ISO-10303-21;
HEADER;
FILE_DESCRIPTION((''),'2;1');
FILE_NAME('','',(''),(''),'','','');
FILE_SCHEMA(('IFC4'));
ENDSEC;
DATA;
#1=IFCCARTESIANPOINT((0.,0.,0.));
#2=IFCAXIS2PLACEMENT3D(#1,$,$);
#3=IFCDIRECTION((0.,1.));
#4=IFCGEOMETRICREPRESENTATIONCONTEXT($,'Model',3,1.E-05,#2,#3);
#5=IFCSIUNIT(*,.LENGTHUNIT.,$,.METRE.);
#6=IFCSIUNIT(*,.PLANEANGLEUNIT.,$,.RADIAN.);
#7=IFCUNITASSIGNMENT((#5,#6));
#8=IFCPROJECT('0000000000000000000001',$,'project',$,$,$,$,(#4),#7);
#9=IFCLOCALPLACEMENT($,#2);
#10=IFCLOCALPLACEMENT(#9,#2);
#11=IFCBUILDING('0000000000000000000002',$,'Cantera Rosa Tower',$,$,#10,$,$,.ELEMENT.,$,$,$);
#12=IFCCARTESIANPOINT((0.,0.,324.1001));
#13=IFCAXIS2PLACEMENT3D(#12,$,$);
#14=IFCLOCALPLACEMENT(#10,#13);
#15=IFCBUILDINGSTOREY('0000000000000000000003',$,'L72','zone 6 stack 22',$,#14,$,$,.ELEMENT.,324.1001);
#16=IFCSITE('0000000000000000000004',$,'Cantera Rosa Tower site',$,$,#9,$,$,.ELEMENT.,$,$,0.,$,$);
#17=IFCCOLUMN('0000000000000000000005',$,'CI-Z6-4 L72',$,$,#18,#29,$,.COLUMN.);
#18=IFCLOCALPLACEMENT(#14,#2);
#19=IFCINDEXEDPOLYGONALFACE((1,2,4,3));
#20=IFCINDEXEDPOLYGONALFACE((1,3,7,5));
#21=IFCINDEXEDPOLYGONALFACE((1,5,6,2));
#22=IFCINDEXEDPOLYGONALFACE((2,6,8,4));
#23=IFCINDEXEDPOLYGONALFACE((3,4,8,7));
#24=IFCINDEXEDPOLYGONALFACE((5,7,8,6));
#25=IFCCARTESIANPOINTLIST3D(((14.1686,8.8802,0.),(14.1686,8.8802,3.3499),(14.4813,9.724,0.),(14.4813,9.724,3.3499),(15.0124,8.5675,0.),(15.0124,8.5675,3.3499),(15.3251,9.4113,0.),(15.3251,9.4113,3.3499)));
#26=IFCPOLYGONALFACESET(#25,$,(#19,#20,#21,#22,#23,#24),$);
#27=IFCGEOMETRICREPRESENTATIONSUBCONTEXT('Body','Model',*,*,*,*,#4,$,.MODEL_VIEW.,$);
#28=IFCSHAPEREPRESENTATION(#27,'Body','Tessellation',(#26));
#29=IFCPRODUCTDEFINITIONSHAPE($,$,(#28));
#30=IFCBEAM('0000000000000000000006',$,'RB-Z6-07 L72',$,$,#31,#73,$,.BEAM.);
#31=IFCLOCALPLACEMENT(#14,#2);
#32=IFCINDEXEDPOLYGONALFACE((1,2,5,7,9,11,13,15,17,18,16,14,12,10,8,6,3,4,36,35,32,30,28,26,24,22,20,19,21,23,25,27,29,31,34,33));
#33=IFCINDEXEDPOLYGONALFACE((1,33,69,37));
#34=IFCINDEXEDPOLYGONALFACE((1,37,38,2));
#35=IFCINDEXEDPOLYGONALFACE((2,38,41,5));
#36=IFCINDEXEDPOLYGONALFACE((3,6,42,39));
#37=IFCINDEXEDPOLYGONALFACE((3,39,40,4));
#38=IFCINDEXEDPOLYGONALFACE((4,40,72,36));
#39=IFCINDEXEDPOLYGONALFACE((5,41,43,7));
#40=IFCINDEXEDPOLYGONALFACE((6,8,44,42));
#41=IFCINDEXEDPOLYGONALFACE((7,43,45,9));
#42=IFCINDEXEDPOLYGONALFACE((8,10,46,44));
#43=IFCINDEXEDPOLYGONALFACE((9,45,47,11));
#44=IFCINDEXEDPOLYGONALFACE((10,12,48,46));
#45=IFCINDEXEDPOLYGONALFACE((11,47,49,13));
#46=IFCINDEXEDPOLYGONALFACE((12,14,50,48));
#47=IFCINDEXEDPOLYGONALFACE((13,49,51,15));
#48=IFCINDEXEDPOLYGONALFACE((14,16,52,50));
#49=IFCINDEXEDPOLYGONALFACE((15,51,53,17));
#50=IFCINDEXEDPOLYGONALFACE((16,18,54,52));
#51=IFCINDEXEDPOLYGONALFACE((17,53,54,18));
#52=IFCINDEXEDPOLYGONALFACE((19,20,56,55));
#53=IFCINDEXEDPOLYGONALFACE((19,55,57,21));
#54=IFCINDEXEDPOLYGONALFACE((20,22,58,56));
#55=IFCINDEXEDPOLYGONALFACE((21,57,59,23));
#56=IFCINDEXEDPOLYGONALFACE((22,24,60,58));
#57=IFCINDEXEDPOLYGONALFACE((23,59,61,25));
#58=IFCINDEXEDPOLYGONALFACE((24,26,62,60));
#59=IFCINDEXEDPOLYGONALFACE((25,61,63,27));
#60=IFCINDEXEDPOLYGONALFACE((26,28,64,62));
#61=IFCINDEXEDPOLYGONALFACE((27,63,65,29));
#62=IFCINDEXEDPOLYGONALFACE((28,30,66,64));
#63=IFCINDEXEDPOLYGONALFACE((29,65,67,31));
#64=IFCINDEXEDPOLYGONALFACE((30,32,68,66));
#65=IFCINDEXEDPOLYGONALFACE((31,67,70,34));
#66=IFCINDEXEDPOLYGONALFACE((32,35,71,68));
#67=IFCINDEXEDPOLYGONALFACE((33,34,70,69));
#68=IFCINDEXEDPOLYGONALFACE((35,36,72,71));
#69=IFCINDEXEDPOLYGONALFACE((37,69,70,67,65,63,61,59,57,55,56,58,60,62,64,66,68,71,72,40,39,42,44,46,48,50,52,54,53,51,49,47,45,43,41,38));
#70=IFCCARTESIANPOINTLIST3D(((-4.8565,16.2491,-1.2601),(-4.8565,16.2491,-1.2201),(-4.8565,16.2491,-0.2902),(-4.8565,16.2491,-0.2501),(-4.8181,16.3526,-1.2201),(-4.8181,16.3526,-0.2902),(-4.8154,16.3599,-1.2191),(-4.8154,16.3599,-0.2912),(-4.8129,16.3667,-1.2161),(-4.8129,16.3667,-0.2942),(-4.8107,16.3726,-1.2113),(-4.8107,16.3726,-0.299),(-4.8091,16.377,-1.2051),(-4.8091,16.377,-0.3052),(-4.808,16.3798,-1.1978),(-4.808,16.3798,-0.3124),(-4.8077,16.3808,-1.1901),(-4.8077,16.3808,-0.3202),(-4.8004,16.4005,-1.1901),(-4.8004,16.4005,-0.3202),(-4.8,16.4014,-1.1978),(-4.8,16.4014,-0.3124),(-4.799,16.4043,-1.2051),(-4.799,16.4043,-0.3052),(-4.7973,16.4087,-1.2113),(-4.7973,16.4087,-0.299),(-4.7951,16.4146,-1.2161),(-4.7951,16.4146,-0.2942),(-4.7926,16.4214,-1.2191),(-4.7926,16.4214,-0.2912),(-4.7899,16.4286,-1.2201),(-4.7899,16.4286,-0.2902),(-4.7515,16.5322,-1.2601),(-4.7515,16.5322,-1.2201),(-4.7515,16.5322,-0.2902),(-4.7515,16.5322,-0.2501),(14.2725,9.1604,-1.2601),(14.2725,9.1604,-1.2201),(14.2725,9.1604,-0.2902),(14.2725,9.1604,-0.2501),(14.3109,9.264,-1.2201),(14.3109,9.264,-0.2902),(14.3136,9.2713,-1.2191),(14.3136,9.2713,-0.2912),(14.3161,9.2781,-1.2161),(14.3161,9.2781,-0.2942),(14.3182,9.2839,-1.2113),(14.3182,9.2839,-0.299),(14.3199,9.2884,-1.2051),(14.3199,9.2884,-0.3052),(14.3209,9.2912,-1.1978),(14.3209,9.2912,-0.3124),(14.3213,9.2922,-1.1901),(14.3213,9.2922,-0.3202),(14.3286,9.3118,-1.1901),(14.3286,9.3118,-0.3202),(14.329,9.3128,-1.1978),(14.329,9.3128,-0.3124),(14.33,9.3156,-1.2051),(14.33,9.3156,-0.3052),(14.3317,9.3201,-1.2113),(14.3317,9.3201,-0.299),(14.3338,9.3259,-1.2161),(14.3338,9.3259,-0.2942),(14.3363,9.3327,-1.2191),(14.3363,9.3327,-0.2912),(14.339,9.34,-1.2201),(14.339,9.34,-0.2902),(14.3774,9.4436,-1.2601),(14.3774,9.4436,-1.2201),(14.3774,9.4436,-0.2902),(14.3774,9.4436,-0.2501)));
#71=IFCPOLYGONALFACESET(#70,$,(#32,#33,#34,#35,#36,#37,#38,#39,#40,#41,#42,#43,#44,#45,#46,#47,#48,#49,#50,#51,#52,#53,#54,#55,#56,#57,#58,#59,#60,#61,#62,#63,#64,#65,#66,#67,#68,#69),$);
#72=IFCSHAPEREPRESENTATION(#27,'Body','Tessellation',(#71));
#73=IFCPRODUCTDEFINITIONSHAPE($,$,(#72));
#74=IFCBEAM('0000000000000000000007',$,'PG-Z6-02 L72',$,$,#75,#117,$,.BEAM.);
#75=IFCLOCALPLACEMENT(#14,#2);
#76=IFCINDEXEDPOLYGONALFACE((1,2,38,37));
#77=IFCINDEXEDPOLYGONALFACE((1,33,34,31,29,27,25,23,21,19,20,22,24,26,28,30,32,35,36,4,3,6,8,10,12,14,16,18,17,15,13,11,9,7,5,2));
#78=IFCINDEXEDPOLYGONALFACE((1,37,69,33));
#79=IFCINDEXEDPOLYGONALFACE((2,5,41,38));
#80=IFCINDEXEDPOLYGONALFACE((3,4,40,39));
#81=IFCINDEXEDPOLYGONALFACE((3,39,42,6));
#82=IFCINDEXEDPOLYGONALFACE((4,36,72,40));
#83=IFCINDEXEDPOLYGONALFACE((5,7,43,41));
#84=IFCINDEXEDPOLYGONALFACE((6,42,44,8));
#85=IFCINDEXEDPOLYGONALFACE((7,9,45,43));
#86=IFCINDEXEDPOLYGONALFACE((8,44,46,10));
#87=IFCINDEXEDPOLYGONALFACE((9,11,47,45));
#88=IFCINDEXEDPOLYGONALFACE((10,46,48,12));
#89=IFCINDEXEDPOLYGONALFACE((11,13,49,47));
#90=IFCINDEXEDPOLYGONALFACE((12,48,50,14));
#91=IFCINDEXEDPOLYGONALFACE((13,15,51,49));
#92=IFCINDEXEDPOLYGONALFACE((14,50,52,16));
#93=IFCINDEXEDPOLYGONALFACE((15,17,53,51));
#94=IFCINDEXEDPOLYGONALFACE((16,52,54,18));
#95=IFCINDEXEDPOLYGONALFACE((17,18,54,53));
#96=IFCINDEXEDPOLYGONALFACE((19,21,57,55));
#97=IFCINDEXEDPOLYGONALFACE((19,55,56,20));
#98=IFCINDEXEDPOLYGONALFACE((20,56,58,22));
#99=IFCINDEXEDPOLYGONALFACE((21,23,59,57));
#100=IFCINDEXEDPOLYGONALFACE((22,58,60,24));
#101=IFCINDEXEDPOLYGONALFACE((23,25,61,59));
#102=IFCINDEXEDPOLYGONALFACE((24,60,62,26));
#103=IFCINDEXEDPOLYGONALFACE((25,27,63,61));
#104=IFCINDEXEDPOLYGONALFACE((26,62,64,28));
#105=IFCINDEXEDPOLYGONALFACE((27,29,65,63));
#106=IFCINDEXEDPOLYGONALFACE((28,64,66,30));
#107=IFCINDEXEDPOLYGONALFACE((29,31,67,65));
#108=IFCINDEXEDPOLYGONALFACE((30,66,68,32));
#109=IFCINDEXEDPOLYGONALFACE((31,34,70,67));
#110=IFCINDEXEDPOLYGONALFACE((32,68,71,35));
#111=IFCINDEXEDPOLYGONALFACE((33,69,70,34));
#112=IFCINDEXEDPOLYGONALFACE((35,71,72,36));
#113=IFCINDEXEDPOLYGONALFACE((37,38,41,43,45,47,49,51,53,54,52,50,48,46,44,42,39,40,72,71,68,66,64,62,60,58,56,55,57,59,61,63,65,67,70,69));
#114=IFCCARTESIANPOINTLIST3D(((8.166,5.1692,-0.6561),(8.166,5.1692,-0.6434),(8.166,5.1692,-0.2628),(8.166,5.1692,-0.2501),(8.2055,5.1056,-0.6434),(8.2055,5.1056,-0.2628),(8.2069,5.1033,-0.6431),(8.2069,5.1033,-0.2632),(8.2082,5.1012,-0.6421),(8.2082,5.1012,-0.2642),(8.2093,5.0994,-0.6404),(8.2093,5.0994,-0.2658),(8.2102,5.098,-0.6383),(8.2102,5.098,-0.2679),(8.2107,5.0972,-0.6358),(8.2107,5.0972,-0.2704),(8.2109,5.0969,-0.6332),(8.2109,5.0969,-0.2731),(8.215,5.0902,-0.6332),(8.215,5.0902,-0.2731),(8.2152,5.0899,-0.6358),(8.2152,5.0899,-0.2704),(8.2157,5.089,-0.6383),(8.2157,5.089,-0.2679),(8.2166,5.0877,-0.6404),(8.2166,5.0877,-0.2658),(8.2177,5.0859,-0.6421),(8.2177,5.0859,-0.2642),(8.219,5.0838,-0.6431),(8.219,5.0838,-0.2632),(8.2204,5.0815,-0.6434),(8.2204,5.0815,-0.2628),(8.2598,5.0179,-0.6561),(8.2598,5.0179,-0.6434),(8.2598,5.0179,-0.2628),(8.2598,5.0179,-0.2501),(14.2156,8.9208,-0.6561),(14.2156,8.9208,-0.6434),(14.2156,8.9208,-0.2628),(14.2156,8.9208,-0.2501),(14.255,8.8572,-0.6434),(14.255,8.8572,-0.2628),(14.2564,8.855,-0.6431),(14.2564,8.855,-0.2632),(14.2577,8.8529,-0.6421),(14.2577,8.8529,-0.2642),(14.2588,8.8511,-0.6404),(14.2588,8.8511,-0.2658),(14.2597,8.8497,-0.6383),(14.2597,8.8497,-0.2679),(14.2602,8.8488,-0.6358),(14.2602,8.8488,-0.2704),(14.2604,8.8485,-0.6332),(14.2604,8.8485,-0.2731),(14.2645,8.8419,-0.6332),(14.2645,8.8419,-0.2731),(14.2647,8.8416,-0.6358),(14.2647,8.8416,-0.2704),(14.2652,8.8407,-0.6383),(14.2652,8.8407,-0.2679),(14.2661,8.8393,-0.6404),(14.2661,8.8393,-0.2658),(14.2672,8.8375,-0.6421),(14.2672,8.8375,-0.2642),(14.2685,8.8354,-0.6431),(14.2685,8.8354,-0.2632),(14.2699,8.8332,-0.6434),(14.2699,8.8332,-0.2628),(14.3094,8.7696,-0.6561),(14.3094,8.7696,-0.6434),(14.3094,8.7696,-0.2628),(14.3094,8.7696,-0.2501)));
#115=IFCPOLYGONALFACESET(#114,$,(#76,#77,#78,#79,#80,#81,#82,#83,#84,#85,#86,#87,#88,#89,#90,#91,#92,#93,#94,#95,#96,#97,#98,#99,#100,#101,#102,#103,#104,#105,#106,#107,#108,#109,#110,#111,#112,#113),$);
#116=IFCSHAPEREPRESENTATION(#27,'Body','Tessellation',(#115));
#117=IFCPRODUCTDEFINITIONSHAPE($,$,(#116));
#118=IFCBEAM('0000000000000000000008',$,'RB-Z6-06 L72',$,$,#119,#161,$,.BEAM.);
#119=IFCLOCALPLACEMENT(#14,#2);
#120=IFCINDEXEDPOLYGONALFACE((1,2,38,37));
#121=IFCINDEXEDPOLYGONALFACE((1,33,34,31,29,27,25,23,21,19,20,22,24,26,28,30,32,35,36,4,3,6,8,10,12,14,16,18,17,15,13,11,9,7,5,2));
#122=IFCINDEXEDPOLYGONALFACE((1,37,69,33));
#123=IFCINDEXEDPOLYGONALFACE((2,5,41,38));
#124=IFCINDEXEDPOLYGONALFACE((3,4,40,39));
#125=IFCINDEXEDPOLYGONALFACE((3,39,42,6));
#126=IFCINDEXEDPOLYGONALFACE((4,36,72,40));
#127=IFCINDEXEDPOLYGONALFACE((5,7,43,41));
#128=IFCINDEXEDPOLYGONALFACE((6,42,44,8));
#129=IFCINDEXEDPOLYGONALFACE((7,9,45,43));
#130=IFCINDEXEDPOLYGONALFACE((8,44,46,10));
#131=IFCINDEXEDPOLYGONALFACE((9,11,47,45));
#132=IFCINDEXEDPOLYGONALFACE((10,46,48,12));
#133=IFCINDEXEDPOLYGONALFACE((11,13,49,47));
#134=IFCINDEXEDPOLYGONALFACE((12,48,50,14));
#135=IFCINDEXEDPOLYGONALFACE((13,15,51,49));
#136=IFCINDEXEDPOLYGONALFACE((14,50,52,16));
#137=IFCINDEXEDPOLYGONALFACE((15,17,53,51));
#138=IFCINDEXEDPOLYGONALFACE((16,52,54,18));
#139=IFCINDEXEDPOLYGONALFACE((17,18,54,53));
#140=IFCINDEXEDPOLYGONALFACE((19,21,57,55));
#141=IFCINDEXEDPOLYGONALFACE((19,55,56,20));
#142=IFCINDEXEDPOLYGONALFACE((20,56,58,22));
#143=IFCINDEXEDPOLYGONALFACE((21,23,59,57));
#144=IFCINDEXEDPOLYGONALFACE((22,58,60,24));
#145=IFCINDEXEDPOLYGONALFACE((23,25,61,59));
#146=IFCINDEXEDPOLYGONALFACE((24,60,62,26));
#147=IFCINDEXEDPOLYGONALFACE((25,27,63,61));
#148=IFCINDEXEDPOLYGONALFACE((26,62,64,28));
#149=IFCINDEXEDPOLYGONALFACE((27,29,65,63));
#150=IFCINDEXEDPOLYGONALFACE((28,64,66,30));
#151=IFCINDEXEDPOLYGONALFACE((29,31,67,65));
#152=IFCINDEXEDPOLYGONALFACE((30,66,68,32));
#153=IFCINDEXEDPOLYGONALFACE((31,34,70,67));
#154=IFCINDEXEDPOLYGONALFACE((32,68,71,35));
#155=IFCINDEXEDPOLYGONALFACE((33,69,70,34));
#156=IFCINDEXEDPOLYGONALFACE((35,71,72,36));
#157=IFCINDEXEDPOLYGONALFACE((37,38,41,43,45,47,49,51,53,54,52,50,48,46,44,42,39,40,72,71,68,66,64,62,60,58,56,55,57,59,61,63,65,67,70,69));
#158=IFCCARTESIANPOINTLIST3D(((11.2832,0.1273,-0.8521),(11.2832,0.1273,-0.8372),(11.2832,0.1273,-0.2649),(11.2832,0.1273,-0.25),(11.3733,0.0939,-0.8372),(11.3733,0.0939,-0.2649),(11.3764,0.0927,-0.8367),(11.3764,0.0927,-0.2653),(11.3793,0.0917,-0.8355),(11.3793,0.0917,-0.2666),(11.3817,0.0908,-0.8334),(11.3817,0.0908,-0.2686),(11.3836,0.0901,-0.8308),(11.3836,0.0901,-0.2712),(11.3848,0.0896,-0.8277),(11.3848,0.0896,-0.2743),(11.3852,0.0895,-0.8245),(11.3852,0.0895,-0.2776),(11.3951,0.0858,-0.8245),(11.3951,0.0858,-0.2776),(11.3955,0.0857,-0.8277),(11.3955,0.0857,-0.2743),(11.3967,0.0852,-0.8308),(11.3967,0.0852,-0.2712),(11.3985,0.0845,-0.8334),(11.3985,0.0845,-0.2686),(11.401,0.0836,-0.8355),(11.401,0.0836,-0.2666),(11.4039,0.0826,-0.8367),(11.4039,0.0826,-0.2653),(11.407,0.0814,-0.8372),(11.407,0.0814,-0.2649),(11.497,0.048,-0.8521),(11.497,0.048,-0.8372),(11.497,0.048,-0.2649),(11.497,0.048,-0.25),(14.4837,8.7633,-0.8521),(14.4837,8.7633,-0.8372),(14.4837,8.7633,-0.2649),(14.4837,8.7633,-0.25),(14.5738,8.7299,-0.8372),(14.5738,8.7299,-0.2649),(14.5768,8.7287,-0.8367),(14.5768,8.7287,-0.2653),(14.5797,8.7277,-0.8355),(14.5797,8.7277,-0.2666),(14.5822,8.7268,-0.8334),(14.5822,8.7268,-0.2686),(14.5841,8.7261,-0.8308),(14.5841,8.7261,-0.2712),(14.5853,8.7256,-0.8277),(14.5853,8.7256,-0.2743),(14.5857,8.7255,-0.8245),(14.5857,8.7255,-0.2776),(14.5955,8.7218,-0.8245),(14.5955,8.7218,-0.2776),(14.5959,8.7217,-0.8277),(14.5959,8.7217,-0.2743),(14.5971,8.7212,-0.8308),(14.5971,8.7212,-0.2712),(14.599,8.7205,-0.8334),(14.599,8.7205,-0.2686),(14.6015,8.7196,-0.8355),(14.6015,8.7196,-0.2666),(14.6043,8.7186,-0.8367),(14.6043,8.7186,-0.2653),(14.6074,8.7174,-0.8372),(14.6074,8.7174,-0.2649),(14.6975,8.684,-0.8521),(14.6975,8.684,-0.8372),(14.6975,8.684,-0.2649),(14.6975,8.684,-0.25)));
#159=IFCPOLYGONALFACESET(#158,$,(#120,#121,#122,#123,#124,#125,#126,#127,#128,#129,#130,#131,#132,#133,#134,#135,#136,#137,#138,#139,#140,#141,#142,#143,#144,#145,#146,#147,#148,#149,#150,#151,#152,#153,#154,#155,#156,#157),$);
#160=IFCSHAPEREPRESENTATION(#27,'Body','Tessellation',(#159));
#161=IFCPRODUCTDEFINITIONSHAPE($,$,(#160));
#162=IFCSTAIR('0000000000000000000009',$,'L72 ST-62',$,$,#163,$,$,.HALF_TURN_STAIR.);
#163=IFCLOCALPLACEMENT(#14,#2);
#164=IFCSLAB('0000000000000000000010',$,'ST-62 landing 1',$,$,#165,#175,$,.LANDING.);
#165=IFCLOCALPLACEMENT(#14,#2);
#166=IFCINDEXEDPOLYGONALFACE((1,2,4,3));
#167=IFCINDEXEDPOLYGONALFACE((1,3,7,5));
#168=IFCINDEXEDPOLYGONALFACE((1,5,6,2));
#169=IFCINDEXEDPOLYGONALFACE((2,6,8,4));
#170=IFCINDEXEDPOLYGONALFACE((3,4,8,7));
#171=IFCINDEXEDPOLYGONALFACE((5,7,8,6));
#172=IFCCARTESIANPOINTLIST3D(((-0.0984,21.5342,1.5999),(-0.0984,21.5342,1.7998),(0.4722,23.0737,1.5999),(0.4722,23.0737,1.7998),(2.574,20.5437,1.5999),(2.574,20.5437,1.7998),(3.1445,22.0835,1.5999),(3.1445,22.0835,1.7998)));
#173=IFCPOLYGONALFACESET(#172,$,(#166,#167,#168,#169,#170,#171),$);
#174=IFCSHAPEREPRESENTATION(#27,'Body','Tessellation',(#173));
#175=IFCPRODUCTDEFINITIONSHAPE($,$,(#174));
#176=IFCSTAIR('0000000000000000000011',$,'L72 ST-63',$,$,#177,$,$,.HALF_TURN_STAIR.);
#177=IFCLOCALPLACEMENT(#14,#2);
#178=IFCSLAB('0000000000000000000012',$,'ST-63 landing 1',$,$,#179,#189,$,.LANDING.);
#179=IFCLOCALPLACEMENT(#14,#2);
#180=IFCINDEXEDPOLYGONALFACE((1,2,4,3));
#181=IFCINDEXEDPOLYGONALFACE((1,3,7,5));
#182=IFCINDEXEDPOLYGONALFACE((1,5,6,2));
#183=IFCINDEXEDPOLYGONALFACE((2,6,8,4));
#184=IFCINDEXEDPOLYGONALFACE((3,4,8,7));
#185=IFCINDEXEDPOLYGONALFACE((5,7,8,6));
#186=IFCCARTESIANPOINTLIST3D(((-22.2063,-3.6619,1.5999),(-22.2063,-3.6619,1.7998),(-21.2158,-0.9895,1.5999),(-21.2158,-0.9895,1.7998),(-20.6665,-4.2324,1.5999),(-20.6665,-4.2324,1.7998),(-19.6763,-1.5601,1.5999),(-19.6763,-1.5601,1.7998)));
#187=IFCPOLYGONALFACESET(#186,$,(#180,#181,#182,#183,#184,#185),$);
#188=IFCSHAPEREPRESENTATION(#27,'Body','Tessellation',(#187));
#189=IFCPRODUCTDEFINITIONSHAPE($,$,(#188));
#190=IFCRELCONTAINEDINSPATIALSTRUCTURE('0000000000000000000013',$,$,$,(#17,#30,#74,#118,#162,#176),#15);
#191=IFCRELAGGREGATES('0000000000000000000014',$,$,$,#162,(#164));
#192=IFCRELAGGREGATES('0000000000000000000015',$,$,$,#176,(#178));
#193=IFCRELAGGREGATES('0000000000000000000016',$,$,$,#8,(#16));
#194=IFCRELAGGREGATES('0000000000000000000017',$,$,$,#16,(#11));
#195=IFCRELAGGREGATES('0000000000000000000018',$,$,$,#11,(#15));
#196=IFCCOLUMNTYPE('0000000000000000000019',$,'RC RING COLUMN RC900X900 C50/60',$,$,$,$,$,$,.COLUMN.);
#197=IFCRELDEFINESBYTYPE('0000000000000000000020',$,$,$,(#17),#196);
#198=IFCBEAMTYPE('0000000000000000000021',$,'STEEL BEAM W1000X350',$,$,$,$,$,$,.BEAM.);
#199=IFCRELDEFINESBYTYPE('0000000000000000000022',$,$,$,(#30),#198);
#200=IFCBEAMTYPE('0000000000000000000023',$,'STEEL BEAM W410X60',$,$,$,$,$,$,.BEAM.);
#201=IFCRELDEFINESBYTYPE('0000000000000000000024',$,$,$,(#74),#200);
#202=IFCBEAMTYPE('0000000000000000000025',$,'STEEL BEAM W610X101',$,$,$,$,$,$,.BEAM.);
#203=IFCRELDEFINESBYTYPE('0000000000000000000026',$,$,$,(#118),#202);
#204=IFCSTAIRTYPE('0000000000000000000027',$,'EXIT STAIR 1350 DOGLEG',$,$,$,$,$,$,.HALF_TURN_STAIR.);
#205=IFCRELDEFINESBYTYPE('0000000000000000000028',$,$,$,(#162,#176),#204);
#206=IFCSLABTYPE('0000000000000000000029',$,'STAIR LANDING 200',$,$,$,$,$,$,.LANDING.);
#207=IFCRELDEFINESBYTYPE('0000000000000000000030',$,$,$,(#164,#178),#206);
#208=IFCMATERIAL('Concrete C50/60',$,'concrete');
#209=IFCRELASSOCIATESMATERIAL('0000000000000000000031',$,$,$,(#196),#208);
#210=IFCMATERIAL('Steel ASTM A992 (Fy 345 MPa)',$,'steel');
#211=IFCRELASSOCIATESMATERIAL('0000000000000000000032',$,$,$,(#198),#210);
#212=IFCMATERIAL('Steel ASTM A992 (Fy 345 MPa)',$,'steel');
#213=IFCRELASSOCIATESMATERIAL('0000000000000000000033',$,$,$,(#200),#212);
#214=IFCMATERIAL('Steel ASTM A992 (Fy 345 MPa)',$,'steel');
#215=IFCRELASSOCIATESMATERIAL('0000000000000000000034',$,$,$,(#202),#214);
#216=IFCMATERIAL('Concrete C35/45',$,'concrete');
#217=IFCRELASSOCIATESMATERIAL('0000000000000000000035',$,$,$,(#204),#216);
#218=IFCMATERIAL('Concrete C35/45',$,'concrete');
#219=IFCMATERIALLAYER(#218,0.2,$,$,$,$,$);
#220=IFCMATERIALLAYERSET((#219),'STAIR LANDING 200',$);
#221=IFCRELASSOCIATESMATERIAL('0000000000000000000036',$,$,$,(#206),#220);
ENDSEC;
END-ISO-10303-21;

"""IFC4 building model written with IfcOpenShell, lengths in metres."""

from ifc_helpers import new_model, si_unit, direction, frame, origin, origin_2d, place, context, subcontext, project, spatial, polyline, rectangle, i_section, outline, extrude, material, layer, layer_set, material_profile, profile_set, type_object, element, aggregate, save


model = new_model("IFC4")

# Units and contexts
model_context = context("Model", 3, precision=1e-05, world=origin(), true_north=direction((0.0, 1.0)))
body_context = subcontext(model_context, "Body", "Model", "MODEL_VIEW")
ifc_project = project(units=[si_unit("LENGTHUNIT", "METRE"), si_unit("PLANEANGLEUNIT", "RADIAN")], contexts=[model_context])

# Site, building, storey
site_placement = place(None, origin())
site = spatial("IfcSite", under=ifc_project, at=site_placement, Name="Cantera Rosa Tower site", CompositionType="ELEMENT", RefElevation=0.0)
building_placement = place(site_placement, origin())
building = spatial("IfcBuilding", under=site, at=building_placement, Name="Cantera Rosa Tower", CompositionType="ELEMENT")
storey_placement = place(building_placement, frame((0.0, 0.0, 324.1001)))
storey = spatial("IfcBuildingStorey", under=building, at=storey_placement, Name="L72", Description="zone 6 stack 22", CompositionType="ELEMENT", Elevation=324.1001)

# Column
ifc_material_1 = material(Name="Concrete C50/60", Category="concrete")
ifc_material_profile_1 = material_profile(ifc_material_1, rectangle(XDim=0.8999, YDim=0.8999, at=origin_2d()), Name="RC RING COLUMN RC900X900 C50/60")
ifc_profile_set_1 = profile_set([ifc_material_profile_1], Name="Concrete C50/60")
column_type = type_object("IfcColumnType", Name="RC RING COLUMN RC900X900 C50/60", PredefinedType="COLUMN", material=ifc_profile_set_1)
column_placement = place(storey_placement, frame((14.7468, 9.1458, 0.0), z_axis=(0.0, 0.0, 1.0), x_axis=(0.347481, 0.937687, 0.0)))
element("IfcColumn", 1, at=column_placement, inside=storey, type_object=column_type, Name="CI-Z6-4 L72", PredefinedType="COLUMN", context=body_context, shape_type="SweptSolid", body=[
    extrude(rectangle(XDim=0.8999, YDim=0.8999, at=origin_2d()), origin(), (0.0, 0.0, 1.0), 3.3499),
])

# Beams
ifc_material_2 = material(Name="Steel ASTM A992 (Fy 345 MPa)", Category="steel")
ifc_material_profile_2 = material_profile(ifc_material_2, i_section(OverallWidth=0.302, OverallDepth=1.01, WebThickness=0.021, FlangeThickness=0.04, FilletRadius=0.03, at=origin_2d()), Name="W1000X350")
ifc_profile_set_2 = profile_set([ifc_material_profile_2], Name="Steel ASTM A992 (Fy 345 MPa)")
beam_type_1 = type_object("IfcBeamType", Name="STEEL BEAM W1000X350", PredefinedType="BEAM", material=ifc_profile_set_2)
beam_1_placement = place(storey_placement, frame((14.325, 9.302, -0.7551), z_axis=(-0.937687, 0.34748, 0.0), x_axis=(-0.34748, -0.937687, 0.0)))
element("IfcBeam", 2, at=beam_1_placement, inside=storey, type_object=beam_type_1, Name="RB-Z6-07 L72", PredefinedType="BEAM", context=body_context, shape_type="SweptSolid", body=[
    extrude(i_section(OverallWidth=0.302, OverallDepth=1.01, WebThickness=0.021, FlangeThickness=0.04, FilletRadius=0.03, at=origin_2d()), origin(), (0.0, 0.0, 1.0), 20.4001),
])
ifc_material_3 = material(Name="Steel ASTM A992 (Fy 345 MPa)", Category="steel")
ifc_material_profile_3 = material_profile(ifc_material_3, i_section(OverallWidth=0.178, OverallDepth=0.406, WebThickness=0.0078, FlangeThickness=0.0127, FilletRadius=0.0103, at=origin_2d()), Name="W410X60")
ifc_profile_set_3 = profile_set([ifc_material_profile_3], Name="Steel ASTM A992 (Fy 345 MPa)")
beam_type_2 = type_object("IfcBeamType", Name="STEEL BEAM W410X60", PredefinedType="BEAM", material=ifc_profile_set_3)
beam_2_placement = place(storey_placement, frame((14.2625, 8.8452, -0.4531), z_axis=(-0.849841, -0.527039, 0.0), x_axis=(0.527039, -0.849841, 0.0)))
element("IfcBeam", 3, at=beam_2_placement, inside=storey, type_object=beam_type_2, Name="PG-Z6-02 L72", PredefinedType="BEAM", context=body_context, shape_type="SweptSolid", body=[
    extrude(i_section(OverallWidth=0.178, OverallDepth=0.406, WebThickness=0.0078, FlangeThickness=0.0127, FilletRadius=0.0103, at=origin_2d()), origin(), (0.0, 0.0, 1.0), 7.1184),
])
ifc_material_4 = material(Name="Steel ASTM A992 (Fy 345 MPa)", Category="steel")
ifc_material_profile_4 = material_profile(ifc_material_4, i_section(OverallWidth=0.228, OverallDepth=0.6021, WebThickness=0.0105, FlangeThickness=0.0149, FilletRadius=0.0127, at=origin_2d()), Name="W610X101")
ifc_profile_set_4 = profile_set([ifc_material_profile_4], Name="Steel ASTM A992 (Fy 345 MPa)")
beam_type_3 = type_object("IfcBeamType", Name="STEEL BEAM W610X101", PredefinedType="BEAM", material=ifc_profile_set_4)
beam_3_placement = place(storey_placement, frame((11.3901, 0.0876, -0.551), z_axis=(0.347498, 0.937681, 0.0), x_axis=(-0.937681, 0.347498, 0.0)))
element("IfcBeam", 4, at=beam_3_placement, inside=storey, type_object=beam_type_3, Name="RB-Z6-06 L72", PredefinedType="BEAM", context=body_context, shape_type="SweptSolid", body=[
    extrude(i_section(OverallWidth=0.228, OverallDepth=0.6021, WebThickness=0.0105, FlangeThickness=0.0149, FilletRadius=0.0127, at=origin_2d()), origin(), (0.0, 0.0, 1.0), 9.21),
])

# Stairs, slabs
ifc_material_5 = material(Name="Concrete C35/45", Category="concrete")
stair_type_1 = type_object("IfcStairType", Name="EXIT STAIR 1350 DOGLEG", PredefinedType="HALF_TURN_STAIR", material=ifc_material_5)
stair_1_placement = place(storey_placement, origin())
stair_1 = element("IfcStair", 5, at=stair_1_placement, inside=storey, type_object=stair_type_1, Name="L72 ST-62", PredefinedType="HALF_TURN_STAIR")
ifc_material_6 = material(Name="Concrete C35/45", Category="concrete")
ifc_layer_1 = layer(ifc_material_6, 0.2)
ifc_layer_set_1 = layer_set([ifc_layer_1], Name="STAIR LANDING 200")
slab_type = type_object("IfcSlabType", Name="STAIR LANDING 200", PredefinedType="LANDING", material=ifc_layer_set_1)
slab_1_placement = place(storey_placement, frame((0.0, 0.0, 1.5999)))
slab_1 = element("IfcSlab", 6, at=slab_1_placement, type_object=slab_type, Name="ST-62 landing 1", PredefinedType="LANDING", context=body_context, shape_type="SweptSolid", body=[
    extrude(outline(polyline([(2.574, 20.5437), (3.1445, 22.0835), (0.4722, 23.0737), (-0.0984, 21.5342), (2.574, 20.5437)])), origin(), (0.0, 0.0, 1.0), 0.2),
])
aggregate(stair_1, [slab_1])
stair_2_placement = place(storey_placement, origin())
stair_2 = element("IfcStair", 7, at=stair_2_placement, inside=storey, type_object=stair_type_1, Name="L72 ST-63", PredefinedType="HALF_TURN_STAIR")
slab_2_placement = place(storey_placement, frame((0.0, 0.0, 1.5999)))
slab_2 = element("IfcSlab", 8, at=slab_2_placement, type_object=slab_type, Name="ST-63 landing 1", PredefinedType="LANDING", context=body_context, shape_type="SweptSolid", body=[
    extrude(outline(polyline([(-19.6763, -1.5601), (-21.2158, -0.9895), (-22.2063, -3.6619), (-20.6665, -4.2324), (-19.6763, -1.5601)])), origin(), (0.0, 0.0, 1.0), 0.2),
])
aggregate(stair_2, [slab_2])

save(model, "model.ifc")
